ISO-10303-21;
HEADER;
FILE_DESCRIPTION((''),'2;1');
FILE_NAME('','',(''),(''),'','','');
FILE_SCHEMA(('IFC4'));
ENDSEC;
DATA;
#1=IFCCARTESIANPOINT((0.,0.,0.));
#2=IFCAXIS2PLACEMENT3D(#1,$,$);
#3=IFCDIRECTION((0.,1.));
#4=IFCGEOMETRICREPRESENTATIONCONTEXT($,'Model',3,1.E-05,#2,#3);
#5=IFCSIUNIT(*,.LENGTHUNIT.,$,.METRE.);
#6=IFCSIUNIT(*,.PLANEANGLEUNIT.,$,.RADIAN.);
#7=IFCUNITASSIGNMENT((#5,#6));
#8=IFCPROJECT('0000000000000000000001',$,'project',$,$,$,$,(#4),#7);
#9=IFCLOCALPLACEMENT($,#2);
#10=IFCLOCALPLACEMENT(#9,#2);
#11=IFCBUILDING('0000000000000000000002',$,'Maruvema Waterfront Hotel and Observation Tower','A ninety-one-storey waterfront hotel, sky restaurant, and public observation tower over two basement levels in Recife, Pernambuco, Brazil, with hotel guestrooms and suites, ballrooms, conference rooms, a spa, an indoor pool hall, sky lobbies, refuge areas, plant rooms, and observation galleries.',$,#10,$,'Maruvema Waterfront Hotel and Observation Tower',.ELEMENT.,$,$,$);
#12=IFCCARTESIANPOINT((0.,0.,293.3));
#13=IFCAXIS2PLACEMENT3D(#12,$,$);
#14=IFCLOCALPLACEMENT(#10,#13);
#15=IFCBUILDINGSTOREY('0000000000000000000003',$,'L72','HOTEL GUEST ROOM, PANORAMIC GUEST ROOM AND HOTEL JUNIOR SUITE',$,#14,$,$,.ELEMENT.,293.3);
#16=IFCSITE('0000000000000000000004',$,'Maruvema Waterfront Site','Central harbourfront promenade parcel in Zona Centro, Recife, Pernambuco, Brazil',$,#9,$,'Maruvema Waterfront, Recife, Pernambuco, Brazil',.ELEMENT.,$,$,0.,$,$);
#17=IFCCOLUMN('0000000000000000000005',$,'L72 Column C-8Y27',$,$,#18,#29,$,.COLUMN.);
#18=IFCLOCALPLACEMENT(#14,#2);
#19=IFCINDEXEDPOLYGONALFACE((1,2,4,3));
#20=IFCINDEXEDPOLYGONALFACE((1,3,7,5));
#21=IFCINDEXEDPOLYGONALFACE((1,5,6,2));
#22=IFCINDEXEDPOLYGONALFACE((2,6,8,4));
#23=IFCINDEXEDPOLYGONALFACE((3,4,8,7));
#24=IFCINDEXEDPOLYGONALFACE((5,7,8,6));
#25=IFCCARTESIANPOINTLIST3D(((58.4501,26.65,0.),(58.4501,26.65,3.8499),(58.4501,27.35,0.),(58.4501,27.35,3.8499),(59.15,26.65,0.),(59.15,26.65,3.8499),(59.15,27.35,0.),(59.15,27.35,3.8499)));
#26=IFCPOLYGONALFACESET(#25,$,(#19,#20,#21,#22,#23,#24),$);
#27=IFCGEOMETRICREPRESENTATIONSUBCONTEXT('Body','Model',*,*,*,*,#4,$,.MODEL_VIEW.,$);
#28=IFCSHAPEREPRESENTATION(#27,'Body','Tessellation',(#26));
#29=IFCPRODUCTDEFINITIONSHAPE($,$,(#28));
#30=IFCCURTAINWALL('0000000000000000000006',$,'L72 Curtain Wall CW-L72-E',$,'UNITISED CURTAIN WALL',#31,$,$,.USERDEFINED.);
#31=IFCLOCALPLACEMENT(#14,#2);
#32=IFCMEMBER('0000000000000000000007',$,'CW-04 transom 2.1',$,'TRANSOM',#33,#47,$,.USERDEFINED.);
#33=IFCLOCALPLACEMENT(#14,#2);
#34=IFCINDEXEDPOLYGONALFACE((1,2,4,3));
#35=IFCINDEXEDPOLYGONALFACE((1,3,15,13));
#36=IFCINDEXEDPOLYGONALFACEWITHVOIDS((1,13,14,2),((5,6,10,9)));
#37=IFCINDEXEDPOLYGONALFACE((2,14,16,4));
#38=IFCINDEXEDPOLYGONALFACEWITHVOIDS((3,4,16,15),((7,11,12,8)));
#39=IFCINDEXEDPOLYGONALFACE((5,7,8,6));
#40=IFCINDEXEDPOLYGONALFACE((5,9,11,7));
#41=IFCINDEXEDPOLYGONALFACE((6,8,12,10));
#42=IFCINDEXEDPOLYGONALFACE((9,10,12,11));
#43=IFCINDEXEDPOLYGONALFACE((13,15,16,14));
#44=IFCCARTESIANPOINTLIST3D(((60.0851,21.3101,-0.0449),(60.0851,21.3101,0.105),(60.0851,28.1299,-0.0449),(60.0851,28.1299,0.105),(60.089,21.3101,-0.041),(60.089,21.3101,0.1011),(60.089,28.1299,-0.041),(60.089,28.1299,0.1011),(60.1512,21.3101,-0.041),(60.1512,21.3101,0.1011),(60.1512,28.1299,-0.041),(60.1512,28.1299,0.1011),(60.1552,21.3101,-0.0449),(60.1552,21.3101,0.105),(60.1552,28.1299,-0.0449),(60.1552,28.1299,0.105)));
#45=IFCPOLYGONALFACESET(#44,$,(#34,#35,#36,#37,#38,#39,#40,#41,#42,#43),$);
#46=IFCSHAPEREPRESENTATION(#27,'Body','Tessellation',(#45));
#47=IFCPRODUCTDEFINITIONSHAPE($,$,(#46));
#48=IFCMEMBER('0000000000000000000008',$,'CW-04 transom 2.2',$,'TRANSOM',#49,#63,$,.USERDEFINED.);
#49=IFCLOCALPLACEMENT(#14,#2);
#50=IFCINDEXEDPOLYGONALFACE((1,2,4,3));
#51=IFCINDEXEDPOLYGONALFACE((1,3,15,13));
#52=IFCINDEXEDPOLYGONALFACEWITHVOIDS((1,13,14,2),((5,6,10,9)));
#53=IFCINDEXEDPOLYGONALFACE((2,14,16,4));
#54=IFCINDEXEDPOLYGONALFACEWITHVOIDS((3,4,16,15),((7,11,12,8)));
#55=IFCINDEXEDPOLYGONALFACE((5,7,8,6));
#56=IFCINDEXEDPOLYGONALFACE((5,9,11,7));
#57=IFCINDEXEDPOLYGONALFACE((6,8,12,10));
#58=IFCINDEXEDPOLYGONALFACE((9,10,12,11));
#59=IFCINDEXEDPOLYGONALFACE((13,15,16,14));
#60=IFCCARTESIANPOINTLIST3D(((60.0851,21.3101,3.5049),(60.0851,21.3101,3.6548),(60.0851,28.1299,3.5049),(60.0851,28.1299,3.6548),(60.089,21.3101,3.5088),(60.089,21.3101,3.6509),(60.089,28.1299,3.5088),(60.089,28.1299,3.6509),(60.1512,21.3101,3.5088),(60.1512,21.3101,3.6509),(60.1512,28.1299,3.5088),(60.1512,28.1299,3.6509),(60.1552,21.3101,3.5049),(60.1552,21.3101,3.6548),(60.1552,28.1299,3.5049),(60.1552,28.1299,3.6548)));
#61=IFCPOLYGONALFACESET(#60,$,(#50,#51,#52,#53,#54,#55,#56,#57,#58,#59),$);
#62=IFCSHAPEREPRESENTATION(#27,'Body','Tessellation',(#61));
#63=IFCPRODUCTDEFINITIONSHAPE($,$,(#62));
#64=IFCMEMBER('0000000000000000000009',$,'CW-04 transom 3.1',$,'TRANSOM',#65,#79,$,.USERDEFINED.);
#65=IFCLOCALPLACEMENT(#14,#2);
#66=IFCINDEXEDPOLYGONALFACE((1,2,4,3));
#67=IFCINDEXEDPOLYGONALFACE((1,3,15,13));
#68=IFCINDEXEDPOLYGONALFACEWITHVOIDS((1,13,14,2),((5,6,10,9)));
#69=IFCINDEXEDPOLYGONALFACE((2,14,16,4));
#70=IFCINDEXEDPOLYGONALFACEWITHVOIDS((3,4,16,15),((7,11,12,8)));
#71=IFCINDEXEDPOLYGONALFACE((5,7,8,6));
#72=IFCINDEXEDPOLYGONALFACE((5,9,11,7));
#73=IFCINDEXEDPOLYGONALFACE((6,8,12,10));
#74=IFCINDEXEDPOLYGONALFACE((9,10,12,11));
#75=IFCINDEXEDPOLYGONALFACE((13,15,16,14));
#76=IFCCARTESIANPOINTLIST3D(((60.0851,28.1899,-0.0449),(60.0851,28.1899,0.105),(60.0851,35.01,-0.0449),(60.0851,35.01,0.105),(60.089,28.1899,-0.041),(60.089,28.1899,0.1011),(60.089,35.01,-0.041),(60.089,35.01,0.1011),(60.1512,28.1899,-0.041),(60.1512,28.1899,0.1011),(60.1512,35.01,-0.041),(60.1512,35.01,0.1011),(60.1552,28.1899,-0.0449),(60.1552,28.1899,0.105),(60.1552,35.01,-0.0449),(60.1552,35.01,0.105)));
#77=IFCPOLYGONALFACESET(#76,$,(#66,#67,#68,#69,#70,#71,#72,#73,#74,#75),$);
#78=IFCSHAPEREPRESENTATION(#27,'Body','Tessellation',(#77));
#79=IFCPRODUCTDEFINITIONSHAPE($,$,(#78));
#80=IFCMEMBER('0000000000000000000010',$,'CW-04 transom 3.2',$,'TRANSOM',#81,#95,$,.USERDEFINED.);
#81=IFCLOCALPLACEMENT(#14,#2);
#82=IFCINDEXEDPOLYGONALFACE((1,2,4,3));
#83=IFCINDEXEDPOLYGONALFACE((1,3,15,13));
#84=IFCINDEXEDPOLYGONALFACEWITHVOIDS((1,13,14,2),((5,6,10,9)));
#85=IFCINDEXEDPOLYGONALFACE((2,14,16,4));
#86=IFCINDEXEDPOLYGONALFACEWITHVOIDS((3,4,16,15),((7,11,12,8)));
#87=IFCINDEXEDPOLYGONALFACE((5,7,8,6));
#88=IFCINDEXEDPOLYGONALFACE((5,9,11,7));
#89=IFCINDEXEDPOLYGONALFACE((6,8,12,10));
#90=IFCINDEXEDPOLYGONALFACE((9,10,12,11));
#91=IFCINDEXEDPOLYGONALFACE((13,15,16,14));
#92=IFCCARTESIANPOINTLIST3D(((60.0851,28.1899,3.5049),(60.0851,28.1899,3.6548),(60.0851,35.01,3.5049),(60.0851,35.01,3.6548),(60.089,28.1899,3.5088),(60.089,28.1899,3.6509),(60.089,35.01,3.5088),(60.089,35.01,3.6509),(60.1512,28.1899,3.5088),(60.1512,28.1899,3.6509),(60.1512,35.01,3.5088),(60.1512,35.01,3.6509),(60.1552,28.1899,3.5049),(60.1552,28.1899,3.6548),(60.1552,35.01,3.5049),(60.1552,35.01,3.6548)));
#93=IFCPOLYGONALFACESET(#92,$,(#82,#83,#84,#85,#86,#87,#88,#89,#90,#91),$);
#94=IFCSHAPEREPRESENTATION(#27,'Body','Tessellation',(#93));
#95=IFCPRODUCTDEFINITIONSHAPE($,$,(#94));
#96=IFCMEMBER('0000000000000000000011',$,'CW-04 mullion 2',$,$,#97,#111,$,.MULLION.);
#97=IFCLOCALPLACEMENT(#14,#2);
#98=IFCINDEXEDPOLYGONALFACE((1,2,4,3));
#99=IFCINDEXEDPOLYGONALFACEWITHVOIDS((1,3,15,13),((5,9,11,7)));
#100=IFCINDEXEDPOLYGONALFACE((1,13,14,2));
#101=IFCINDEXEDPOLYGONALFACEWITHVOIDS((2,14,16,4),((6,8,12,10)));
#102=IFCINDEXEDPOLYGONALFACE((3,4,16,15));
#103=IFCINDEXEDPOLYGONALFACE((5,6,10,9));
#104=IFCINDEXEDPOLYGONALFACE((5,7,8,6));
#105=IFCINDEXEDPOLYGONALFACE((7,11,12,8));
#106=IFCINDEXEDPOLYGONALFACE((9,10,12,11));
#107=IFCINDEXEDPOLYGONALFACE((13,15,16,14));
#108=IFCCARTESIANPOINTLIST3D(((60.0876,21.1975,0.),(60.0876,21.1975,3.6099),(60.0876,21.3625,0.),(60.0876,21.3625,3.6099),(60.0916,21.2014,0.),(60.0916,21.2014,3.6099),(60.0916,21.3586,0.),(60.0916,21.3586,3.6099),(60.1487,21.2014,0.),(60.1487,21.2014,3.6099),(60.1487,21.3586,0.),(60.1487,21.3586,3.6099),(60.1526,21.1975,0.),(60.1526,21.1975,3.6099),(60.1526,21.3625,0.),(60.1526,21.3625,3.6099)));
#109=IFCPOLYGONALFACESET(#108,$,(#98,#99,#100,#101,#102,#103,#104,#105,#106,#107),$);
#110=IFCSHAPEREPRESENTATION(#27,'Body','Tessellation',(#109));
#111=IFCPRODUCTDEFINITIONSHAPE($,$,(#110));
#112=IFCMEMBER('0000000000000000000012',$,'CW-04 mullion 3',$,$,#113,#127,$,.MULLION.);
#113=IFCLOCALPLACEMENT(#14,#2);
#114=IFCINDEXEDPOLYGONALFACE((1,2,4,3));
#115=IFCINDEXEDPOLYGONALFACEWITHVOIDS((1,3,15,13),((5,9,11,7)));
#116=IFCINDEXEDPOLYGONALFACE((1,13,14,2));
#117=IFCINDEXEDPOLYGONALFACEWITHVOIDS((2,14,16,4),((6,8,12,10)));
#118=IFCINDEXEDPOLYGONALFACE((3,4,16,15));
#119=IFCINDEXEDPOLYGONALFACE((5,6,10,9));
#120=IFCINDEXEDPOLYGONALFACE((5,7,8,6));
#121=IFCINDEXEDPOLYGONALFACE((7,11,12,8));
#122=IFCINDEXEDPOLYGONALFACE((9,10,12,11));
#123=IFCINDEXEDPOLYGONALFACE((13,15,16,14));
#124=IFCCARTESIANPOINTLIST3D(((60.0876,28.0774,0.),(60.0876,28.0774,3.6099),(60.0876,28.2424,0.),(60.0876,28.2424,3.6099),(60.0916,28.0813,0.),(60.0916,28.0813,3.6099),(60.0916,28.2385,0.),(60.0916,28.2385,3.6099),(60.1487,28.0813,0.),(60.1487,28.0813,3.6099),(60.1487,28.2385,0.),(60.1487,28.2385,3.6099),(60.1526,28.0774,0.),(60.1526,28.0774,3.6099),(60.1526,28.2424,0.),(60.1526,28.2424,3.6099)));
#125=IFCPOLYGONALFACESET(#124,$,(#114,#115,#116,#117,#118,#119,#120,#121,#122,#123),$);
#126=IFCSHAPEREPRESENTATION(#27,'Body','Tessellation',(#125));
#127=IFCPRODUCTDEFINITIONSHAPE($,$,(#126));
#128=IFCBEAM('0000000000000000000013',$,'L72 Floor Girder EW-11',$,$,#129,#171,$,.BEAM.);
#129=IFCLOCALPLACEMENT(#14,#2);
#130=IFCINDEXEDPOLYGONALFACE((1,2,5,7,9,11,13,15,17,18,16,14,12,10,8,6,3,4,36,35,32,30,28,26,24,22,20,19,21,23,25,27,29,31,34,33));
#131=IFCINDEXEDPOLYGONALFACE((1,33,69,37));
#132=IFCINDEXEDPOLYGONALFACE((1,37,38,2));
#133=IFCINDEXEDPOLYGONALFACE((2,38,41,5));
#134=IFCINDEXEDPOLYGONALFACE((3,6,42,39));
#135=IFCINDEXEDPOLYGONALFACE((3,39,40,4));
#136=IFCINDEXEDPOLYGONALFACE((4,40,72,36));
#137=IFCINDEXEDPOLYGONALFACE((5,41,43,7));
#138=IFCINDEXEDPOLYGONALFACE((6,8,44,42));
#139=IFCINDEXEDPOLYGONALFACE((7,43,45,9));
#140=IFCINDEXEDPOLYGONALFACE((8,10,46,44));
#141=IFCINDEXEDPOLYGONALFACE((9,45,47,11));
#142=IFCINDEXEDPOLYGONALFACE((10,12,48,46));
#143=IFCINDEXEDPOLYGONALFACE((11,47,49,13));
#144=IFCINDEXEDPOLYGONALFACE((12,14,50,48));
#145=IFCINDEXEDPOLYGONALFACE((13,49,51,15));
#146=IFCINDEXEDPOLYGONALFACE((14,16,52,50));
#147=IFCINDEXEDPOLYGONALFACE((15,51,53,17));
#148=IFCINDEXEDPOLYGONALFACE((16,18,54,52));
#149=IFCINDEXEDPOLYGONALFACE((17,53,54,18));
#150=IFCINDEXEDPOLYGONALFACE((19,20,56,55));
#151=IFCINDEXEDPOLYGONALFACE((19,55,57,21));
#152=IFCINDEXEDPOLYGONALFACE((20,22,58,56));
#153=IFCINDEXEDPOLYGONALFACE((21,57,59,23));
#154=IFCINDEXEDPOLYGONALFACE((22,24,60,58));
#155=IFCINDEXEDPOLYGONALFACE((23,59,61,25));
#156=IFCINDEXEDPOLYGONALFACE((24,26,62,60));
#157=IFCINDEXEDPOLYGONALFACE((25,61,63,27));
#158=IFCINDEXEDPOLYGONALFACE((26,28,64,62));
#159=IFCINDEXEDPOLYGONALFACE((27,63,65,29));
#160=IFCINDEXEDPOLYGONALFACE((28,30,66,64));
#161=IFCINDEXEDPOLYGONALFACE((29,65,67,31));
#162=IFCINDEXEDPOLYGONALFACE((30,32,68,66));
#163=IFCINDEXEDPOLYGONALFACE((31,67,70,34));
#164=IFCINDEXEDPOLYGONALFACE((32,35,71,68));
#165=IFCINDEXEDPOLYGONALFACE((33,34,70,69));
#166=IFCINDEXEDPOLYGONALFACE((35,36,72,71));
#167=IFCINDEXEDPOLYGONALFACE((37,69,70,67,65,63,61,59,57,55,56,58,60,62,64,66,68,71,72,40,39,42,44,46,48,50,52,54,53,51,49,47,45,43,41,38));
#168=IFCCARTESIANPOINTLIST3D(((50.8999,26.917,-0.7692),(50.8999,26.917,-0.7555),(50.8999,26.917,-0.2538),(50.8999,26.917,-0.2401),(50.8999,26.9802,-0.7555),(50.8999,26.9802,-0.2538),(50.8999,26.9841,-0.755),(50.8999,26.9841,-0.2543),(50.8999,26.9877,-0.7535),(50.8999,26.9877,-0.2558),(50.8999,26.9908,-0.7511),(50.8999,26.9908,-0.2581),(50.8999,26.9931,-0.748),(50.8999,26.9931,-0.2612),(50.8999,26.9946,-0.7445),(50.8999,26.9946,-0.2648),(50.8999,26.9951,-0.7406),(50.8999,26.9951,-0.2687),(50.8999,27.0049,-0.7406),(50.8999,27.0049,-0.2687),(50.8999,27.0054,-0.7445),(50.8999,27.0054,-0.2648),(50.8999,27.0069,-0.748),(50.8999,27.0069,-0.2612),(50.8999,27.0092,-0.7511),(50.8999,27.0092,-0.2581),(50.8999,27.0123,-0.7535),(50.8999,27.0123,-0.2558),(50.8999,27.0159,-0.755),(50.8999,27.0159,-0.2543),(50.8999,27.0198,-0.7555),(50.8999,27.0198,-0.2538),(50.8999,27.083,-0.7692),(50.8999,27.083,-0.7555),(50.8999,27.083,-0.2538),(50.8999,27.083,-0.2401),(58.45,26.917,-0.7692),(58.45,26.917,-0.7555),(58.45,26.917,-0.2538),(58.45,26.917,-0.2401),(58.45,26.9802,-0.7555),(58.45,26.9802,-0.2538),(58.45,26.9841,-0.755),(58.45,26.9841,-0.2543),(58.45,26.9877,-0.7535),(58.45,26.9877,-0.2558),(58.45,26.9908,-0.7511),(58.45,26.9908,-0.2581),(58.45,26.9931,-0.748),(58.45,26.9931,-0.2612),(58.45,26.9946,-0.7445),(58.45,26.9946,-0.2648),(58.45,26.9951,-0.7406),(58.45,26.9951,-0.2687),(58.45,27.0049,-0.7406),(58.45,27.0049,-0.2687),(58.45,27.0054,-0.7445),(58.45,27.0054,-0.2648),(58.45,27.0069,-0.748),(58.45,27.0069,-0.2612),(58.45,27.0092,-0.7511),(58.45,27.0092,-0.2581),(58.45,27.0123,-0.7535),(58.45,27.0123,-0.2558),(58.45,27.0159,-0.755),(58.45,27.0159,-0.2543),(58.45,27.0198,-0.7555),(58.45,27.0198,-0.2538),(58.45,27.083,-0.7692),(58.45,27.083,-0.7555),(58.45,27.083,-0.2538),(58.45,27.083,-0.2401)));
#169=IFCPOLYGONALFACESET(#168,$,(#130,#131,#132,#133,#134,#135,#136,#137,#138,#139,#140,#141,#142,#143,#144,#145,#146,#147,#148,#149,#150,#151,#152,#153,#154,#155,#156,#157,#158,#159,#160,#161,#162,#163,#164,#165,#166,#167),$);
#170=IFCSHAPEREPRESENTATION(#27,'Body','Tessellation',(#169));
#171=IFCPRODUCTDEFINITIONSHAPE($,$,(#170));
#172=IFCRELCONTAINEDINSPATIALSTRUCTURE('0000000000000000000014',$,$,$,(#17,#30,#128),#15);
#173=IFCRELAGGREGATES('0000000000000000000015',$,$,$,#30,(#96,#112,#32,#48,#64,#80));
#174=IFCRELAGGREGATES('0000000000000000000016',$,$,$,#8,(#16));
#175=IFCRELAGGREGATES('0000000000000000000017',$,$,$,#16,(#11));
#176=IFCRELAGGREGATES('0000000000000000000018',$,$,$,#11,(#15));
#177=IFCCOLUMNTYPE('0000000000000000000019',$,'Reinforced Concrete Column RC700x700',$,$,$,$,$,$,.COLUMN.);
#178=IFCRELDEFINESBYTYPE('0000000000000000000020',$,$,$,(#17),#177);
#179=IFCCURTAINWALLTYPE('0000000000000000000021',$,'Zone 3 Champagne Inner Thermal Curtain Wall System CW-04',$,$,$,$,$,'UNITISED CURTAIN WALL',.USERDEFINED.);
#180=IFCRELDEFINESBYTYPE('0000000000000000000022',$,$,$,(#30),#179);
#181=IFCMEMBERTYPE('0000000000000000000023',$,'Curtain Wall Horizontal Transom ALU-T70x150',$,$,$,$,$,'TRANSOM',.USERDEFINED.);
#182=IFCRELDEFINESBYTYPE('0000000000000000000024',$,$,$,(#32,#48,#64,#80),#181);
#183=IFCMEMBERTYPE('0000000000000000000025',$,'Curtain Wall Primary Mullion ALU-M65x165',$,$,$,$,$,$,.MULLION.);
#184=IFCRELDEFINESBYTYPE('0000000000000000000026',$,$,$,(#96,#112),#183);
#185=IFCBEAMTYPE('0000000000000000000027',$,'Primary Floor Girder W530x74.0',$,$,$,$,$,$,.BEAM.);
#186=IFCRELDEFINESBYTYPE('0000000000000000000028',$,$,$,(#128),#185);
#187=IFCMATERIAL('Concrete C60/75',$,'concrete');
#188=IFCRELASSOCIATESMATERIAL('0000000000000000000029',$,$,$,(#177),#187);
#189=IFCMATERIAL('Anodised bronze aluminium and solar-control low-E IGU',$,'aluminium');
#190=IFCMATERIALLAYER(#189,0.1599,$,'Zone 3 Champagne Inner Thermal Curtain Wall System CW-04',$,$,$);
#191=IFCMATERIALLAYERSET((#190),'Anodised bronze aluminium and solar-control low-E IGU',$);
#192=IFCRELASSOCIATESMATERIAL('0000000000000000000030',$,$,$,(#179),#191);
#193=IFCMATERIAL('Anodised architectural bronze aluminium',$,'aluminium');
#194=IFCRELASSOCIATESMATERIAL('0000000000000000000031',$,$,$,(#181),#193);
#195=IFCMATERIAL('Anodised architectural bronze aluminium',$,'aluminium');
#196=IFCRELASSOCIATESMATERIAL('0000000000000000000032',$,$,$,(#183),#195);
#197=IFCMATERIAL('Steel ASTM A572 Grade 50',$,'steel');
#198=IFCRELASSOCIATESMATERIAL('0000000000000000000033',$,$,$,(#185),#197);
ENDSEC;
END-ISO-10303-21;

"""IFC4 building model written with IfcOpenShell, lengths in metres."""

from ifc_helpers import new_model, si_unit, direction, frame, origin, origin_2d, place, context, subcontext, project, spatial, rectangle, hollow_rectangle, i_section, extrude, material, layer, layer_set, material_profile, profile_set, type_object, element, aggregate, save


model = new_model("IFC4")

# Units and contexts
model_context = context("Model", 3, precision=1e-05, world=origin(), true_north=direction((0.0, 1.0)))
body_context = subcontext(model_context, "Body", "Model", "MODEL_VIEW")
ifc_project = project(units=[si_unit("LENGTHUNIT", "METRE"), si_unit("PLANEANGLEUNIT", "RADIAN")], contexts=[model_context])

# Site, building, storey
site_placement = place(None, origin())
site = spatial("IfcSite", under=ifc_project, at=site_placement, Name="Maruvema Waterfront Site", Description="Central harbourfront promenade parcel in Zona Centro, Recife, Pernambuco, Brazil", LongName="Maruvema Waterfront, Recife, Pernambuco, Brazil", CompositionType="ELEMENT", RefElevation=0.0)
building_placement = place(site_placement, origin())
building = spatial("IfcBuilding", under=site, at=building_placement, Name="Maruvema Waterfront Hotel and Observation Tower", Description="A ninety-one-storey waterfront hotel, sky restaurant, and public observation tower over two basement levels in Recife, Pernambuco, Brazil, with hotel guestrooms and suites, ballrooms, conference rooms, a spa, an indoor pool hall, sky lobbies, refuge areas, plant rooms, and observation galleries.", LongName="Maruvema Waterfront Hotel and Observation Tower", CompositionType="ELEMENT")
storey_placement = place(building_placement, frame((0.0, 0.0, 293.3)))
storey = spatial("IfcBuildingStorey", under=building, at=storey_placement, Name="L72", Description="HOTEL GUEST ROOM, PANORAMIC GUEST ROOM AND HOTEL JUNIOR SUITE", CompositionType="ELEMENT", Elevation=293.3)

# Column
ifc_material_1 = material(Name="Concrete C60/75", Category="concrete")
ifc_material_profile_1 = material_profile(ifc_material_1, rectangle(XDim=0.7, YDim=0.7, at=origin_2d()), Name="RC700x700")
ifc_profile_set_1 = profile_set([ifc_material_profile_1], Name="Concrete C60/75")
column_type = type_object("IfcColumnType", Name="Reinforced Concrete Column RC700x700", PredefinedType="COLUMN", material=ifc_profile_set_1)
column_placement = place(storey_placement, frame((58.8, 27.0, 0.0), z_axis=(0.0, 0.0, 1.0), x_axis=(1.0, 0.0, 0.0)))
element("IfcColumn", 1, at=column_placement, inside=storey, type_object=column_type, Name="L72 Column C-8Y27", PredefinedType="COLUMN", context=body_context, shape_type="SweptSolid", body=[
    extrude(rectangle(XDim=0.7, YDim=0.7, at=origin_2d()), origin(), (0.0, 0.0, 1.0), 3.8499),
])

# Curtain wall, members
ifc_material_2 = material(Name="Anodised bronze aluminium and solar-control low-E IGU", Category="aluminium")
ifc_layer_1 = layer(ifc_material_2, 0.1599, Name="Zone 3 Champagne Inner Thermal Curtain Wall System CW-04")
ifc_layer_set_1 = layer_set([ifc_layer_1], Name="Anodised bronze aluminium and solar-control low-E IGU")
curtain_wall_type = type_object("IfcCurtainWallType", Name="Zone 3 Champagne Inner Thermal Curtain Wall System CW-04", ElementType="UNITISED CURTAIN WALL", PredefinedType="USERDEFINED", material=ifc_layer_set_1)
curtain_wall_placement = place(storey_placement, origin())
curtain_wall = element("IfcCurtainWall", 2, at=curtain_wall_placement, inside=storey, type_object=curtain_wall_type, Name="L72 Curtain Wall CW-L72-E", ObjectType="UNITISED CURTAIN WALL", PredefinedType="USERDEFINED")
ifc_material_3 = material(Name="Anodised architectural bronze aluminium", Category="aluminium")
ifc_material_profile_2 = material_profile(ifc_material_3, hollow_rectangle(XDim=0.0701, YDim=0.1499, WallThickness=0.0039, at=origin_2d()), Name="ALU-T70x150")
ifc_profile_set_2 = profile_set([ifc_material_profile_2], Name="Anodised architectural bronze aluminium")
member_type_1 = type_object("IfcMemberType", Name="Curtain Wall Horizontal Transom ALU-T70x150", ElementType="TRANSOM", PredefinedType="USERDEFINED", material=ifc_profile_set_2)
member_1_placement = place(storey_placement, frame((60.1201, 21.3101, 0.03), z_axis=(0.0, 1.0, 0.0), x_axis=(-1.0, 0.0, 0.0)))
member_1 = element("IfcMember", 3, at=member_1_placement, type_object=member_type_1, Name="CW-04 transom 2.1", ObjectType="TRANSOM", PredefinedType="USERDEFINED", context=body_context, shape_type="SweptSolid", body=[
    extrude(hollow_rectangle(XDim=0.0701, YDim=0.1499, WallThickness=0.0039, at=origin_2d()), origin(), (0.0, 0.0, 1.0), 6.8198),
])
member_2_placement = place(storey_placement, frame((60.1201, 21.3101, 3.5798), z_axis=(0.0, 1.0, 0.0), x_axis=(-1.0, 0.0, 0.0)))
member_2 = element("IfcMember", 4, at=member_2_placement, type_object=member_type_1, Name="CW-04 transom 2.2", ObjectType="TRANSOM", PredefinedType="USERDEFINED", context=body_context, shape_type="SweptSolid", body=[
    extrude(hollow_rectangle(XDim=0.0701, YDim=0.1499, WallThickness=0.0039, at=origin_2d()), origin(), (0.0, 0.0, 1.0), 6.8198),
])
member_3_placement = place(storey_placement, frame((60.1201, 28.1899, 0.03), z_axis=(0.0, 1.0, 0.0), x_axis=(-1.0, 0.0, 0.0)))
member_3 = element("IfcMember", 5, at=member_3_placement, type_object=member_type_1, Name="CW-04 transom 3.1", ObjectType="TRANSOM", PredefinedType="USERDEFINED", context=body_context, shape_type="SweptSolid", body=[
    extrude(hollow_rectangle(XDim=0.0701, YDim=0.1499, WallThickness=0.0039, at=origin_2d()), origin(), (0.0, 0.0, 1.0), 6.8201),
])
member_4_placement = place(storey_placement, frame((60.1201, 28.1899, 3.5798), z_axis=(0.0, 1.0, 0.0), x_axis=(-1.0, 0.0, 0.0)))
member_4 = element("IfcMember", 6, at=member_4_placement, type_object=member_type_1, Name="CW-04 transom 3.2", ObjectType="TRANSOM", PredefinedType="USERDEFINED", context=body_context, shape_type="SweptSolid", body=[
    extrude(hollow_rectangle(XDim=0.0701, YDim=0.1499, WallThickness=0.0039, at=origin_2d()), origin(), (0.0, 0.0, 1.0), 6.8201),
])
ifc_material_4 = material(Name="Anodised architectural bronze aluminium", Category="aluminium")
ifc_material_profile_3 = material_profile(ifc_material_4, hollow_rectangle(XDim=0.0649, YDim=0.165, WallThickness=0.0039, at=origin_2d()), Name="ALU-M65x165")
ifc_profile_set_3 = profile_set([ifc_material_profile_3], Name="Anodised architectural bronze aluminium")
member_type_2 = type_object("IfcMemberType", Name="Curtain Wall Primary Mullion ALU-M65x165", PredefinedType="MULLION", material=ifc_profile_set_3)
member_5_placement = place(storey_placement, frame((60.1201, 21.28, 0.0), z_axis=(0.0, 0.0, 1.0), x_axis=(-1.0, 0.0, 0.0)))
member_5 = element("IfcMember", 7, at=member_5_placement, type_object=member_type_2, Name="CW-04 mullion 2", PredefinedType="MULLION", context=body_context, shape_type="SweptSolid", body=[
    extrude(hollow_rectangle(XDim=0.0649, YDim=0.165, WallThickness=0.0039, at=origin_2d()), origin(), (0.0, 0.0, 1.0), 3.6099),
])
member_6_placement = place(storey_placement, frame((60.1201, 28.1599, 0.0), z_axis=(0.0, 0.0, 1.0), x_axis=(-1.0, 0.0, 0.0)))
member_6 = element("IfcMember", 8, at=member_6_placement, type_object=member_type_2, Name="CW-04 mullion 3", PredefinedType="MULLION", context=body_context, shape_type="SweptSolid", body=[
    extrude(hollow_rectangle(XDim=0.0649, YDim=0.165, WallThickness=0.0039, at=origin_2d()), origin(), (0.0, 0.0, 1.0), 3.6099),
])

# Beam
ifc_material_5 = material(Name="Steel ASTM A572 Grade 50", Category="steel")
ifc_material_profile_4 = material_profile(ifc_material_5, i_section(OverallWidth=0.166, OverallDepth=0.5291, WebThickness=0.0098, FlangeThickness=0.0137, FilletRadius=0.0149, at=origin_2d()), Name="W530x74.0")
ifc_profile_set_4 = profile_set([ifc_material_profile_4], Name="Steel ASTM A572 Grade 50")
beam_type_1 = type_object("IfcBeamType", Name="Primary Floor Girder W530x74.0", PredefinedType="BEAM", material=ifc_profile_set_4)
beam_1_placement = place(storey_placement, frame((50.8999, 27.0, -0.5046), z_axis=(1.0, 0.0, 0.0), x_axis=(0.0, 1.0, 0.0)))
element("IfcBeam", 9, at=beam_1_placement, inside=storey, type_object=beam_type_1, Name="L72 Floor Girder EW-11", PredefinedType="BEAM", context=body_context, shape_type="SweptSolid", body=[
    extrude(i_section(OverallWidth=0.166, OverallDepth=0.5291, WebThickness=0.0098, FlangeThickness=0.0137, FilletRadius=0.0149, at=origin_2d()), origin(), (0.0, 0.0, 1.0), 7.55),
])

aggregate(curtain_wall, [member_5, member_6, member_1, member_2, member_3, member_4])

save(model, "model.ifc")
